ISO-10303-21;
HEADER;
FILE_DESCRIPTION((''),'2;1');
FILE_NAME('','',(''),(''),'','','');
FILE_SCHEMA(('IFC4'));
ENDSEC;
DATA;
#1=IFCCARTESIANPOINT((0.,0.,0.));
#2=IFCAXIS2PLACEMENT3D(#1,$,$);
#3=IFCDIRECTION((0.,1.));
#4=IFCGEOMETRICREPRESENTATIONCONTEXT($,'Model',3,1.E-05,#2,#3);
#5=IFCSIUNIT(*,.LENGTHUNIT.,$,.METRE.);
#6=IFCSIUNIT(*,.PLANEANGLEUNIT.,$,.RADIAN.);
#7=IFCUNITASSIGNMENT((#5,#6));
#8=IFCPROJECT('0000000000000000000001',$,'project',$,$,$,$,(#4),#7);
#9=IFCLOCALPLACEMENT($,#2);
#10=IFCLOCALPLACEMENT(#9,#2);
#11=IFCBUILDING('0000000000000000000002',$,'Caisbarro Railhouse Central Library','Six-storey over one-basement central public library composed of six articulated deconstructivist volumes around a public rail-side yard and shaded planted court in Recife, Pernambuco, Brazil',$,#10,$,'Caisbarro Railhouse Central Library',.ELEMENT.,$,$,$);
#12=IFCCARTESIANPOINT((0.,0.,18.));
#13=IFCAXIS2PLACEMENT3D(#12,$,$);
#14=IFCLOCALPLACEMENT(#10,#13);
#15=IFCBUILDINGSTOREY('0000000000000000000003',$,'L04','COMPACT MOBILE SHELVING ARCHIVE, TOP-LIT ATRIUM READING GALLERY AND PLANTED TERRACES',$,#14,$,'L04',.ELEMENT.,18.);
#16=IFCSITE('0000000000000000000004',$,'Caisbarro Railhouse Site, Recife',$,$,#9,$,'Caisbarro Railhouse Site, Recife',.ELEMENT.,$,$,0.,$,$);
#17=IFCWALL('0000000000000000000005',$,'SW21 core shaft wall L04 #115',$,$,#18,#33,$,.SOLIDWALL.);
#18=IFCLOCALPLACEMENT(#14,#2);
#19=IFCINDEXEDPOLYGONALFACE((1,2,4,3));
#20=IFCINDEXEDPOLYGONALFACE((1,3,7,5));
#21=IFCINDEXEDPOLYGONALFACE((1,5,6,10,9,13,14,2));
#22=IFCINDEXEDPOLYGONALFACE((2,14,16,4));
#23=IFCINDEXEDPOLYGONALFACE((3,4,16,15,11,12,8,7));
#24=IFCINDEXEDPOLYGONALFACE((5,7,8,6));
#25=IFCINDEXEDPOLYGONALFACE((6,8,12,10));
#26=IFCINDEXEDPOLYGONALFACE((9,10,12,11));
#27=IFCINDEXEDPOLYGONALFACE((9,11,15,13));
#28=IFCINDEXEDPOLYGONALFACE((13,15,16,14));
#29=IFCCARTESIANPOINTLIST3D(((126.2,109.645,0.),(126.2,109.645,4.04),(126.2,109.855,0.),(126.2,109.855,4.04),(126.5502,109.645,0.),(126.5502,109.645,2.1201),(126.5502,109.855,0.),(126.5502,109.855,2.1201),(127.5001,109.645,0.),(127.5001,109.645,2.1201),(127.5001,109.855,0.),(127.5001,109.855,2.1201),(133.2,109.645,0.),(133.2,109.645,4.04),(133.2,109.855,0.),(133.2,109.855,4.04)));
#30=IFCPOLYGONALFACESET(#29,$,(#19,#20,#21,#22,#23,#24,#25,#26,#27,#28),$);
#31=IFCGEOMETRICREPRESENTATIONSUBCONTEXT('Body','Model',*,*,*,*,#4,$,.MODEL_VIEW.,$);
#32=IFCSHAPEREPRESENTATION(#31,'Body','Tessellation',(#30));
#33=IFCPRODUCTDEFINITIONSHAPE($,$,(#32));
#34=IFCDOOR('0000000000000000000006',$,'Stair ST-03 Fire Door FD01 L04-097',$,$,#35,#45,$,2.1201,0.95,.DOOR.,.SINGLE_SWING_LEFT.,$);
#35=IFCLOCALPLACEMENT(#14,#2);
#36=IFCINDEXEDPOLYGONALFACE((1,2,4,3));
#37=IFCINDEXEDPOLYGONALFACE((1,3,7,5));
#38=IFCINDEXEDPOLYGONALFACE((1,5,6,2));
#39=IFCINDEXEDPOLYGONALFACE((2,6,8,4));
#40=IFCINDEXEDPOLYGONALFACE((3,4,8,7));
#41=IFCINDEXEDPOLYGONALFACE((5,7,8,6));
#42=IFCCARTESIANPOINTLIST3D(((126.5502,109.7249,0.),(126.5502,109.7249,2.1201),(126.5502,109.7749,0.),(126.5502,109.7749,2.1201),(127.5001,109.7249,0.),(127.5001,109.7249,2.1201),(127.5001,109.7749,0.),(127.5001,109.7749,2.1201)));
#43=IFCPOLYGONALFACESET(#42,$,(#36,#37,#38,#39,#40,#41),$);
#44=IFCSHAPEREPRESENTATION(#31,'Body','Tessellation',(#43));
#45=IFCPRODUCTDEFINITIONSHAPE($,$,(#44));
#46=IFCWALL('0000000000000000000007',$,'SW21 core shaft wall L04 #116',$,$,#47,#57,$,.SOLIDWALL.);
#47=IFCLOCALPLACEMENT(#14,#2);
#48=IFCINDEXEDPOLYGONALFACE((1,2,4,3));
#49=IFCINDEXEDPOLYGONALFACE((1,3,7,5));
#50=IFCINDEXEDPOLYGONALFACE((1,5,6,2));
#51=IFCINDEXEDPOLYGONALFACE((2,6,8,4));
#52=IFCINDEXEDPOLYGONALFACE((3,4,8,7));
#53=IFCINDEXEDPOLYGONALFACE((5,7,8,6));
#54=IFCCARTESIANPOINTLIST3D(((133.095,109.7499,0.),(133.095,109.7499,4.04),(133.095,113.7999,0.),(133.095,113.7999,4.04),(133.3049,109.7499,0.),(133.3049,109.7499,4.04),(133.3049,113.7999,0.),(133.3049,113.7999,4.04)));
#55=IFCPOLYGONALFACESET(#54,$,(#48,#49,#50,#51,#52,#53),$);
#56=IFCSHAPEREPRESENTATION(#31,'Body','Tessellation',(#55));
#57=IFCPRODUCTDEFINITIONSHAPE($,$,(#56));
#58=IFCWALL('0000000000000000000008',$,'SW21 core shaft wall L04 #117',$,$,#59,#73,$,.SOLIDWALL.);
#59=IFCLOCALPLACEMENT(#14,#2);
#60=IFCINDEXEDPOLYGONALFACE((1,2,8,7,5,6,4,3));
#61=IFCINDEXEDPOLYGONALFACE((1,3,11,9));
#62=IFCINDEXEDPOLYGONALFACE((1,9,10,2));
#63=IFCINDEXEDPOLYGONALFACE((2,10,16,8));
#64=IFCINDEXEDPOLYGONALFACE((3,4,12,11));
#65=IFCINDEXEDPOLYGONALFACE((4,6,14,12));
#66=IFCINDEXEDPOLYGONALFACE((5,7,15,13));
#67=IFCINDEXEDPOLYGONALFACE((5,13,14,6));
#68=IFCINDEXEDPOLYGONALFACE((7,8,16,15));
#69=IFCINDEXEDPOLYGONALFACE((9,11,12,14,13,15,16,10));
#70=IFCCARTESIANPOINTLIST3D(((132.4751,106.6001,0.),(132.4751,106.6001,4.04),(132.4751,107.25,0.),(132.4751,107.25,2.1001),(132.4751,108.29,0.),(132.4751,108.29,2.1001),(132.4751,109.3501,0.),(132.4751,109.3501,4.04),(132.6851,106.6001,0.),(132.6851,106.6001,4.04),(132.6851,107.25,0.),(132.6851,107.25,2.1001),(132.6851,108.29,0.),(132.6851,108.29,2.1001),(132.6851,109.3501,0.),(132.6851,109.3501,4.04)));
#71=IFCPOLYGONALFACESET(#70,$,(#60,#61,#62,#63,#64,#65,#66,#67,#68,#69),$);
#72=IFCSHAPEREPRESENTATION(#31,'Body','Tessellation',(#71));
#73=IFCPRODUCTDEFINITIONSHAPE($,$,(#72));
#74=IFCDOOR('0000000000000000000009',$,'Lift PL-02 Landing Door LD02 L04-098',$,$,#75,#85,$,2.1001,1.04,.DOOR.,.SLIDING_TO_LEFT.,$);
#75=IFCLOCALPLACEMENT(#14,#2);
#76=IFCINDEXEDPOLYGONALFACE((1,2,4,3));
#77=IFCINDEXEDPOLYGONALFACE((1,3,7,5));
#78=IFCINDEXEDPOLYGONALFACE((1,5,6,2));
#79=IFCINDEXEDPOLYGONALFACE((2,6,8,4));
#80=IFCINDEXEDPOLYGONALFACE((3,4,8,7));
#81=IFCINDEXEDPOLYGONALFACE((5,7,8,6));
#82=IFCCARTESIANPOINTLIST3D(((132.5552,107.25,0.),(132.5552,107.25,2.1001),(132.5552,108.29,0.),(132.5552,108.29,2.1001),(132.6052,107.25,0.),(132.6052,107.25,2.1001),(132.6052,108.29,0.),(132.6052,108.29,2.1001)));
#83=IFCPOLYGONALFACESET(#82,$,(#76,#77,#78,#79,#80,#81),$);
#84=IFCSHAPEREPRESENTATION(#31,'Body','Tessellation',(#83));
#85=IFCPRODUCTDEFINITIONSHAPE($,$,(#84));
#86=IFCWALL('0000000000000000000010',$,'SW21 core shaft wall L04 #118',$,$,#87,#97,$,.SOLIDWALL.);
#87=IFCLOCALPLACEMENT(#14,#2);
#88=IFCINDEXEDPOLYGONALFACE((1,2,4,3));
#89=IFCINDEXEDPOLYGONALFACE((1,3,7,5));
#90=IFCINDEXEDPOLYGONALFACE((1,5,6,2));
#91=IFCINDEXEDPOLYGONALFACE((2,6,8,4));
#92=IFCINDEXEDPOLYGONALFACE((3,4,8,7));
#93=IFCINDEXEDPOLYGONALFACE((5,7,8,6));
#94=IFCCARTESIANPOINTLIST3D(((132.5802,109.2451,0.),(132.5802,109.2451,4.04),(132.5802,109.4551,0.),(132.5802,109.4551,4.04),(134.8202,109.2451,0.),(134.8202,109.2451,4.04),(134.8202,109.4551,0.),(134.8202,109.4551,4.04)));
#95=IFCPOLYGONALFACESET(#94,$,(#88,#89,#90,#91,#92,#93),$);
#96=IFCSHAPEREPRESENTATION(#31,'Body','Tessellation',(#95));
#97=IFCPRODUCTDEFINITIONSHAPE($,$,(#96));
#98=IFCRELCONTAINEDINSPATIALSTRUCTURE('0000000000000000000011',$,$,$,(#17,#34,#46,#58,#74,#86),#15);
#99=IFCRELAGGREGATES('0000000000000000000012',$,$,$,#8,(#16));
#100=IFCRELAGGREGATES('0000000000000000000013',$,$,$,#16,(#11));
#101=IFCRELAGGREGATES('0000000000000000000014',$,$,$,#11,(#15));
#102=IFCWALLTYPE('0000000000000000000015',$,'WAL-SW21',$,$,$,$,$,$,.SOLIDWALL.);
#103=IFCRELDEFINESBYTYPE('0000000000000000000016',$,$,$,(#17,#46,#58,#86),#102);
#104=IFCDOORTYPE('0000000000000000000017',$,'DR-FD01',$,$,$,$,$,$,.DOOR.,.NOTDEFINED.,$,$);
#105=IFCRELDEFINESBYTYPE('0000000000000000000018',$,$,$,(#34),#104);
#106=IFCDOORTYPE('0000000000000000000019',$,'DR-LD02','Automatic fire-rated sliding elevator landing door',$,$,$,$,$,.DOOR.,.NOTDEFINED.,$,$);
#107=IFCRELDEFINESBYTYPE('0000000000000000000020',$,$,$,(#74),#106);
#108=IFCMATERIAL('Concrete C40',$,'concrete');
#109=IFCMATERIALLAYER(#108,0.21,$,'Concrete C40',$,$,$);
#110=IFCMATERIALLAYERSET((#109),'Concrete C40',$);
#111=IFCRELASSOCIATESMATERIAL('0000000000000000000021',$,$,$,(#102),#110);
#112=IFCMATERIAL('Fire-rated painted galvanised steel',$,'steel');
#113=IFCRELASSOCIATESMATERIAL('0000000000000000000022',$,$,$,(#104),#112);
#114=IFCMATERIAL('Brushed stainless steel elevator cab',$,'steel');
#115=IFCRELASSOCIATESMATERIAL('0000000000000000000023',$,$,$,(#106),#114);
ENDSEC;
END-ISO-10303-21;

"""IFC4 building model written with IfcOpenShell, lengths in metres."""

from ifc_helpers import new_model, si_unit, direction, frame, frame_2d, origin, place, context, subcontext, project, spatial, rectangle, extrude, material, layer, layer_set, type_object, element, fill, save


model = new_model("IFC4")

# Units and contexts
model_context = context("Model", 3, precision=1e-05, world=origin(), true_north=direction((0.0, 1.0)))
body_context = subcontext(model_context, "Body", "Model", "MODEL_VIEW")
ifc_project = project(units=[si_unit("LENGTHUNIT", "METRE"), si_unit("PLANEANGLEUNIT", "RADIAN")], contexts=[model_context])

# Site, building, storey
site_placement = place(None, origin())
site = spatial("IfcSite", under=ifc_project, at=site_placement, Name="Caisbarro Railhouse Site, Recife", LongName="Caisbarro Railhouse Site, Recife", CompositionType="ELEMENT", RefElevation=0.0)
building_placement = place(site_placement, origin())
building = spatial("IfcBuilding", under=site, at=building_placement, Name="Caisbarro Railhouse Central Library", Description="Six-storey over one-basement central public library composed of six articulated deconstructivist volumes around a public rail-side yard and shaded planted court in Recife, Pernambuco, Brazil", LongName="Caisbarro Railhouse Central Library", CompositionType="ELEMENT")
storey_placement = place(building_placement, frame((0.0, 0.0, 18.0)))
storey = spatial("IfcBuildingStorey", under=building, at=storey_placement, Name="L04", Description="COMPACT MOBILE SHELVING ARCHIVE, TOP-LIT ATRIUM READING GALLERY AND PLANTED TERRACES", LongName="L04", CompositionType="ELEMENT", Elevation=18.0)

# Shared definitions
ifc_material_1 = material(Name="Concrete C40", Category="concrete")

# Shared definitions
ifc_material_2 = material(Name="Fire-rated painted galvanised steel", Category="steel")

# Wall, opening, door
ifc_layer_1 = layer(ifc_material_1, 0.21, Name="Concrete C40")
ifc_layer_set_1 = layer_set([ifc_layer_1], Name="Concrete C40")
wall_type_1 = type_object("IfcWallType", Name="WAL-SW21", PredefinedType="SOLIDWALL", material=ifc_layer_set_1)
wall_1_placement = place(storey_placement, frame((126.2, 109.75, 0.0), z_axis=(0.0, 0.0, 1.0), x_axis=(1.0, 0.0, 0.0)))
wall_1 = element("IfcWall", 1, at=wall_1_placement, inside=storey, type_object=wall_type_1, Name="SW21 core shaft wall L04 #115", PredefinedType="SOLIDWALL", context=body_context, shape_type="SweptSolid", body=[
    extrude(rectangle(XDim=7.0, YDim=0.21, at=frame_2d((3.5, 0.0))), origin(), (0.0, 0.0, 1.0), 4.04),
])
opening_1_placement = place(wall_1_placement, frame((0.3501, 0.0, 0.0)))
opening_1 = element("IfcOpeningElement", 2, at=opening_1_placement, cuts=wall_1, PredefinedType="OPENING", context=body_context, shape_type="SweptSolid", body=[
    extrude(rectangle(XDim=0.95, YDim=2.1201, at=frame_2d((0.4751, 1.0601))), frame((0.0, 0.115, 0.0), z_axis=(0.0, -1.0, 0.0), x_axis=(1.0, 0.0, 0.0)), (0.0, 0.0, 1.0), 0.23),
])
door_type_1 = type_object("IfcDoorType", Name="DR-FD01", OperationType="NOTDEFINED", PredefinedType="DOOR", material=ifc_material_2)
door_1_placement = place(opening_1_placement, origin())
door_1 = element("IfcDoor", 3, at=door_1_placement, inside=storey, type_object=door_type_1, Name="Stair ST-03 Fire Door FD01 L04-097", OperationType="SINGLE_SWING_LEFT", OverallHeight=2.1201, OverallWidth=0.95, PredefinedType="DOOR", context=body_context, shape_type="SweptSolid", body=[
    extrude(rectangle(XDim=0.95, YDim=2.1201, at=frame_2d((0.4751, 1.0601))), frame((0.0, 0.0249, 0.0), z_axis=(0.0, -1.0, 0.0), x_axis=(1.0, 0.0, 0.0)), (0.0, 0.0, 1.0), 0.05),
])
fill(opening_1, door_1)

# Wall
wall_2_placement = place(storey_placement, frame((133.2, 109.75, 0.0), z_axis=(0.0, 0.0, 1.0), x_axis=(0.0, 1.0, 0.0)))
element("IfcWall", 4, at=wall_2_placement, inside=storey, type_object=wall_type_1, Name="SW21 core shaft wall L04 #116", PredefinedType="SOLIDWALL", context=body_context, shape_type="SweptSolid", body=[
    extrude(rectangle(XDim=4.05, YDim=0.21, at=frame_2d((2.0249, 0.0))), origin(), (0.0, 0.0, 1.0), 4.04),
])

# Wall, opening, door
wall_3_placement = place(storey_placement, frame((132.5801, 106.6001, 0.0), z_axis=(0.0, 0.0, 1.0), x_axis=(0.0, 1.0, 0.0)))
wall_3 = element("IfcWall", 5, at=wall_3_placement, inside=storey, type_object=wall_type_1, Name="SW21 core shaft wall L04 #117", PredefinedType="SOLIDWALL", context=body_context, shape_type="SweptSolid", body=[
    extrude(rectangle(XDim=2.75, YDim=0.21, at=frame_2d((1.375, 0.0))), origin(), (0.0, 0.0, 1.0), 4.04),
])
opening_2_placement = place(wall_3_placement, frame((0.6499, 0.0, 0.0)))
opening_2 = element("IfcOpeningElement", 6, at=opening_2_placement, cuts=wall_3, PredefinedType="OPENING", context=body_context, shape_type="SweptSolid", body=[
    extrude(rectangle(XDim=1.04, YDim=2.1001, at=frame_2d((0.52, 1.05))), frame((0.0, 0.115, 0.0), z_axis=(0.0, -1.0, 0.0), x_axis=(1.0, 0.0, 0.0)), (0.0, 0.0, 1.0), 0.23),
])
ifc_material_3 = material(Name="Brushed stainless steel elevator cab", Category="steel")
door_type_2 = type_object("IfcDoorType", Name="DR-LD02", Description="Automatic fire-rated sliding elevator landing door", OperationType="NOTDEFINED", PredefinedType="DOOR", material=ifc_material_3)
door_2_placement = place(opening_2_placement, origin())
door_2 = element("IfcDoor", 7, at=door_2_placement, inside=storey, type_object=door_type_2, Name="Lift PL-02 Landing Door LD02 L04-098", OperationType="SLIDING_TO_LEFT", OverallHeight=2.1001, OverallWidth=1.04, PredefinedType="DOOR", context=body_context, shape_type="SweptSolid", body=[
    extrude(rectangle(XDim=1.04, YDim=2.1001, at=frame_2d((0.52, 1.05))), frame((0.0, 0.0249, 0.0), z_axis=(0.0, -1.0, 0.0), x_axis=(1.0, 0.0, 0.0)), (0.0, 0.0, 1.0), 0.05),
])
fill(opening_2, door_2)

# Wall
wall_4_placement = place(storey_placement, frame((132.5801, 109.3501, 0.0), z_axis=(0.0, 0.0, 1.0), x_axis=(1.0, 0.0, 0.0)))
element("IfcWall", 8, at=wall_4_placement, inside=storey, type_object=wall_type_1, Name="SW21 core shaft wall L04 #118", PredefinedType="SOLIDWALL", context=body_context, shape_type="SweptSolid", body=[
    extrude(rectangle(XDim=2.24, YDim=0.21, at=frame_2d((1.1201, 0.0))), origin(), (0.0, 0.0, 1.0), 4.04),
])

save(model, "model.ifc")
